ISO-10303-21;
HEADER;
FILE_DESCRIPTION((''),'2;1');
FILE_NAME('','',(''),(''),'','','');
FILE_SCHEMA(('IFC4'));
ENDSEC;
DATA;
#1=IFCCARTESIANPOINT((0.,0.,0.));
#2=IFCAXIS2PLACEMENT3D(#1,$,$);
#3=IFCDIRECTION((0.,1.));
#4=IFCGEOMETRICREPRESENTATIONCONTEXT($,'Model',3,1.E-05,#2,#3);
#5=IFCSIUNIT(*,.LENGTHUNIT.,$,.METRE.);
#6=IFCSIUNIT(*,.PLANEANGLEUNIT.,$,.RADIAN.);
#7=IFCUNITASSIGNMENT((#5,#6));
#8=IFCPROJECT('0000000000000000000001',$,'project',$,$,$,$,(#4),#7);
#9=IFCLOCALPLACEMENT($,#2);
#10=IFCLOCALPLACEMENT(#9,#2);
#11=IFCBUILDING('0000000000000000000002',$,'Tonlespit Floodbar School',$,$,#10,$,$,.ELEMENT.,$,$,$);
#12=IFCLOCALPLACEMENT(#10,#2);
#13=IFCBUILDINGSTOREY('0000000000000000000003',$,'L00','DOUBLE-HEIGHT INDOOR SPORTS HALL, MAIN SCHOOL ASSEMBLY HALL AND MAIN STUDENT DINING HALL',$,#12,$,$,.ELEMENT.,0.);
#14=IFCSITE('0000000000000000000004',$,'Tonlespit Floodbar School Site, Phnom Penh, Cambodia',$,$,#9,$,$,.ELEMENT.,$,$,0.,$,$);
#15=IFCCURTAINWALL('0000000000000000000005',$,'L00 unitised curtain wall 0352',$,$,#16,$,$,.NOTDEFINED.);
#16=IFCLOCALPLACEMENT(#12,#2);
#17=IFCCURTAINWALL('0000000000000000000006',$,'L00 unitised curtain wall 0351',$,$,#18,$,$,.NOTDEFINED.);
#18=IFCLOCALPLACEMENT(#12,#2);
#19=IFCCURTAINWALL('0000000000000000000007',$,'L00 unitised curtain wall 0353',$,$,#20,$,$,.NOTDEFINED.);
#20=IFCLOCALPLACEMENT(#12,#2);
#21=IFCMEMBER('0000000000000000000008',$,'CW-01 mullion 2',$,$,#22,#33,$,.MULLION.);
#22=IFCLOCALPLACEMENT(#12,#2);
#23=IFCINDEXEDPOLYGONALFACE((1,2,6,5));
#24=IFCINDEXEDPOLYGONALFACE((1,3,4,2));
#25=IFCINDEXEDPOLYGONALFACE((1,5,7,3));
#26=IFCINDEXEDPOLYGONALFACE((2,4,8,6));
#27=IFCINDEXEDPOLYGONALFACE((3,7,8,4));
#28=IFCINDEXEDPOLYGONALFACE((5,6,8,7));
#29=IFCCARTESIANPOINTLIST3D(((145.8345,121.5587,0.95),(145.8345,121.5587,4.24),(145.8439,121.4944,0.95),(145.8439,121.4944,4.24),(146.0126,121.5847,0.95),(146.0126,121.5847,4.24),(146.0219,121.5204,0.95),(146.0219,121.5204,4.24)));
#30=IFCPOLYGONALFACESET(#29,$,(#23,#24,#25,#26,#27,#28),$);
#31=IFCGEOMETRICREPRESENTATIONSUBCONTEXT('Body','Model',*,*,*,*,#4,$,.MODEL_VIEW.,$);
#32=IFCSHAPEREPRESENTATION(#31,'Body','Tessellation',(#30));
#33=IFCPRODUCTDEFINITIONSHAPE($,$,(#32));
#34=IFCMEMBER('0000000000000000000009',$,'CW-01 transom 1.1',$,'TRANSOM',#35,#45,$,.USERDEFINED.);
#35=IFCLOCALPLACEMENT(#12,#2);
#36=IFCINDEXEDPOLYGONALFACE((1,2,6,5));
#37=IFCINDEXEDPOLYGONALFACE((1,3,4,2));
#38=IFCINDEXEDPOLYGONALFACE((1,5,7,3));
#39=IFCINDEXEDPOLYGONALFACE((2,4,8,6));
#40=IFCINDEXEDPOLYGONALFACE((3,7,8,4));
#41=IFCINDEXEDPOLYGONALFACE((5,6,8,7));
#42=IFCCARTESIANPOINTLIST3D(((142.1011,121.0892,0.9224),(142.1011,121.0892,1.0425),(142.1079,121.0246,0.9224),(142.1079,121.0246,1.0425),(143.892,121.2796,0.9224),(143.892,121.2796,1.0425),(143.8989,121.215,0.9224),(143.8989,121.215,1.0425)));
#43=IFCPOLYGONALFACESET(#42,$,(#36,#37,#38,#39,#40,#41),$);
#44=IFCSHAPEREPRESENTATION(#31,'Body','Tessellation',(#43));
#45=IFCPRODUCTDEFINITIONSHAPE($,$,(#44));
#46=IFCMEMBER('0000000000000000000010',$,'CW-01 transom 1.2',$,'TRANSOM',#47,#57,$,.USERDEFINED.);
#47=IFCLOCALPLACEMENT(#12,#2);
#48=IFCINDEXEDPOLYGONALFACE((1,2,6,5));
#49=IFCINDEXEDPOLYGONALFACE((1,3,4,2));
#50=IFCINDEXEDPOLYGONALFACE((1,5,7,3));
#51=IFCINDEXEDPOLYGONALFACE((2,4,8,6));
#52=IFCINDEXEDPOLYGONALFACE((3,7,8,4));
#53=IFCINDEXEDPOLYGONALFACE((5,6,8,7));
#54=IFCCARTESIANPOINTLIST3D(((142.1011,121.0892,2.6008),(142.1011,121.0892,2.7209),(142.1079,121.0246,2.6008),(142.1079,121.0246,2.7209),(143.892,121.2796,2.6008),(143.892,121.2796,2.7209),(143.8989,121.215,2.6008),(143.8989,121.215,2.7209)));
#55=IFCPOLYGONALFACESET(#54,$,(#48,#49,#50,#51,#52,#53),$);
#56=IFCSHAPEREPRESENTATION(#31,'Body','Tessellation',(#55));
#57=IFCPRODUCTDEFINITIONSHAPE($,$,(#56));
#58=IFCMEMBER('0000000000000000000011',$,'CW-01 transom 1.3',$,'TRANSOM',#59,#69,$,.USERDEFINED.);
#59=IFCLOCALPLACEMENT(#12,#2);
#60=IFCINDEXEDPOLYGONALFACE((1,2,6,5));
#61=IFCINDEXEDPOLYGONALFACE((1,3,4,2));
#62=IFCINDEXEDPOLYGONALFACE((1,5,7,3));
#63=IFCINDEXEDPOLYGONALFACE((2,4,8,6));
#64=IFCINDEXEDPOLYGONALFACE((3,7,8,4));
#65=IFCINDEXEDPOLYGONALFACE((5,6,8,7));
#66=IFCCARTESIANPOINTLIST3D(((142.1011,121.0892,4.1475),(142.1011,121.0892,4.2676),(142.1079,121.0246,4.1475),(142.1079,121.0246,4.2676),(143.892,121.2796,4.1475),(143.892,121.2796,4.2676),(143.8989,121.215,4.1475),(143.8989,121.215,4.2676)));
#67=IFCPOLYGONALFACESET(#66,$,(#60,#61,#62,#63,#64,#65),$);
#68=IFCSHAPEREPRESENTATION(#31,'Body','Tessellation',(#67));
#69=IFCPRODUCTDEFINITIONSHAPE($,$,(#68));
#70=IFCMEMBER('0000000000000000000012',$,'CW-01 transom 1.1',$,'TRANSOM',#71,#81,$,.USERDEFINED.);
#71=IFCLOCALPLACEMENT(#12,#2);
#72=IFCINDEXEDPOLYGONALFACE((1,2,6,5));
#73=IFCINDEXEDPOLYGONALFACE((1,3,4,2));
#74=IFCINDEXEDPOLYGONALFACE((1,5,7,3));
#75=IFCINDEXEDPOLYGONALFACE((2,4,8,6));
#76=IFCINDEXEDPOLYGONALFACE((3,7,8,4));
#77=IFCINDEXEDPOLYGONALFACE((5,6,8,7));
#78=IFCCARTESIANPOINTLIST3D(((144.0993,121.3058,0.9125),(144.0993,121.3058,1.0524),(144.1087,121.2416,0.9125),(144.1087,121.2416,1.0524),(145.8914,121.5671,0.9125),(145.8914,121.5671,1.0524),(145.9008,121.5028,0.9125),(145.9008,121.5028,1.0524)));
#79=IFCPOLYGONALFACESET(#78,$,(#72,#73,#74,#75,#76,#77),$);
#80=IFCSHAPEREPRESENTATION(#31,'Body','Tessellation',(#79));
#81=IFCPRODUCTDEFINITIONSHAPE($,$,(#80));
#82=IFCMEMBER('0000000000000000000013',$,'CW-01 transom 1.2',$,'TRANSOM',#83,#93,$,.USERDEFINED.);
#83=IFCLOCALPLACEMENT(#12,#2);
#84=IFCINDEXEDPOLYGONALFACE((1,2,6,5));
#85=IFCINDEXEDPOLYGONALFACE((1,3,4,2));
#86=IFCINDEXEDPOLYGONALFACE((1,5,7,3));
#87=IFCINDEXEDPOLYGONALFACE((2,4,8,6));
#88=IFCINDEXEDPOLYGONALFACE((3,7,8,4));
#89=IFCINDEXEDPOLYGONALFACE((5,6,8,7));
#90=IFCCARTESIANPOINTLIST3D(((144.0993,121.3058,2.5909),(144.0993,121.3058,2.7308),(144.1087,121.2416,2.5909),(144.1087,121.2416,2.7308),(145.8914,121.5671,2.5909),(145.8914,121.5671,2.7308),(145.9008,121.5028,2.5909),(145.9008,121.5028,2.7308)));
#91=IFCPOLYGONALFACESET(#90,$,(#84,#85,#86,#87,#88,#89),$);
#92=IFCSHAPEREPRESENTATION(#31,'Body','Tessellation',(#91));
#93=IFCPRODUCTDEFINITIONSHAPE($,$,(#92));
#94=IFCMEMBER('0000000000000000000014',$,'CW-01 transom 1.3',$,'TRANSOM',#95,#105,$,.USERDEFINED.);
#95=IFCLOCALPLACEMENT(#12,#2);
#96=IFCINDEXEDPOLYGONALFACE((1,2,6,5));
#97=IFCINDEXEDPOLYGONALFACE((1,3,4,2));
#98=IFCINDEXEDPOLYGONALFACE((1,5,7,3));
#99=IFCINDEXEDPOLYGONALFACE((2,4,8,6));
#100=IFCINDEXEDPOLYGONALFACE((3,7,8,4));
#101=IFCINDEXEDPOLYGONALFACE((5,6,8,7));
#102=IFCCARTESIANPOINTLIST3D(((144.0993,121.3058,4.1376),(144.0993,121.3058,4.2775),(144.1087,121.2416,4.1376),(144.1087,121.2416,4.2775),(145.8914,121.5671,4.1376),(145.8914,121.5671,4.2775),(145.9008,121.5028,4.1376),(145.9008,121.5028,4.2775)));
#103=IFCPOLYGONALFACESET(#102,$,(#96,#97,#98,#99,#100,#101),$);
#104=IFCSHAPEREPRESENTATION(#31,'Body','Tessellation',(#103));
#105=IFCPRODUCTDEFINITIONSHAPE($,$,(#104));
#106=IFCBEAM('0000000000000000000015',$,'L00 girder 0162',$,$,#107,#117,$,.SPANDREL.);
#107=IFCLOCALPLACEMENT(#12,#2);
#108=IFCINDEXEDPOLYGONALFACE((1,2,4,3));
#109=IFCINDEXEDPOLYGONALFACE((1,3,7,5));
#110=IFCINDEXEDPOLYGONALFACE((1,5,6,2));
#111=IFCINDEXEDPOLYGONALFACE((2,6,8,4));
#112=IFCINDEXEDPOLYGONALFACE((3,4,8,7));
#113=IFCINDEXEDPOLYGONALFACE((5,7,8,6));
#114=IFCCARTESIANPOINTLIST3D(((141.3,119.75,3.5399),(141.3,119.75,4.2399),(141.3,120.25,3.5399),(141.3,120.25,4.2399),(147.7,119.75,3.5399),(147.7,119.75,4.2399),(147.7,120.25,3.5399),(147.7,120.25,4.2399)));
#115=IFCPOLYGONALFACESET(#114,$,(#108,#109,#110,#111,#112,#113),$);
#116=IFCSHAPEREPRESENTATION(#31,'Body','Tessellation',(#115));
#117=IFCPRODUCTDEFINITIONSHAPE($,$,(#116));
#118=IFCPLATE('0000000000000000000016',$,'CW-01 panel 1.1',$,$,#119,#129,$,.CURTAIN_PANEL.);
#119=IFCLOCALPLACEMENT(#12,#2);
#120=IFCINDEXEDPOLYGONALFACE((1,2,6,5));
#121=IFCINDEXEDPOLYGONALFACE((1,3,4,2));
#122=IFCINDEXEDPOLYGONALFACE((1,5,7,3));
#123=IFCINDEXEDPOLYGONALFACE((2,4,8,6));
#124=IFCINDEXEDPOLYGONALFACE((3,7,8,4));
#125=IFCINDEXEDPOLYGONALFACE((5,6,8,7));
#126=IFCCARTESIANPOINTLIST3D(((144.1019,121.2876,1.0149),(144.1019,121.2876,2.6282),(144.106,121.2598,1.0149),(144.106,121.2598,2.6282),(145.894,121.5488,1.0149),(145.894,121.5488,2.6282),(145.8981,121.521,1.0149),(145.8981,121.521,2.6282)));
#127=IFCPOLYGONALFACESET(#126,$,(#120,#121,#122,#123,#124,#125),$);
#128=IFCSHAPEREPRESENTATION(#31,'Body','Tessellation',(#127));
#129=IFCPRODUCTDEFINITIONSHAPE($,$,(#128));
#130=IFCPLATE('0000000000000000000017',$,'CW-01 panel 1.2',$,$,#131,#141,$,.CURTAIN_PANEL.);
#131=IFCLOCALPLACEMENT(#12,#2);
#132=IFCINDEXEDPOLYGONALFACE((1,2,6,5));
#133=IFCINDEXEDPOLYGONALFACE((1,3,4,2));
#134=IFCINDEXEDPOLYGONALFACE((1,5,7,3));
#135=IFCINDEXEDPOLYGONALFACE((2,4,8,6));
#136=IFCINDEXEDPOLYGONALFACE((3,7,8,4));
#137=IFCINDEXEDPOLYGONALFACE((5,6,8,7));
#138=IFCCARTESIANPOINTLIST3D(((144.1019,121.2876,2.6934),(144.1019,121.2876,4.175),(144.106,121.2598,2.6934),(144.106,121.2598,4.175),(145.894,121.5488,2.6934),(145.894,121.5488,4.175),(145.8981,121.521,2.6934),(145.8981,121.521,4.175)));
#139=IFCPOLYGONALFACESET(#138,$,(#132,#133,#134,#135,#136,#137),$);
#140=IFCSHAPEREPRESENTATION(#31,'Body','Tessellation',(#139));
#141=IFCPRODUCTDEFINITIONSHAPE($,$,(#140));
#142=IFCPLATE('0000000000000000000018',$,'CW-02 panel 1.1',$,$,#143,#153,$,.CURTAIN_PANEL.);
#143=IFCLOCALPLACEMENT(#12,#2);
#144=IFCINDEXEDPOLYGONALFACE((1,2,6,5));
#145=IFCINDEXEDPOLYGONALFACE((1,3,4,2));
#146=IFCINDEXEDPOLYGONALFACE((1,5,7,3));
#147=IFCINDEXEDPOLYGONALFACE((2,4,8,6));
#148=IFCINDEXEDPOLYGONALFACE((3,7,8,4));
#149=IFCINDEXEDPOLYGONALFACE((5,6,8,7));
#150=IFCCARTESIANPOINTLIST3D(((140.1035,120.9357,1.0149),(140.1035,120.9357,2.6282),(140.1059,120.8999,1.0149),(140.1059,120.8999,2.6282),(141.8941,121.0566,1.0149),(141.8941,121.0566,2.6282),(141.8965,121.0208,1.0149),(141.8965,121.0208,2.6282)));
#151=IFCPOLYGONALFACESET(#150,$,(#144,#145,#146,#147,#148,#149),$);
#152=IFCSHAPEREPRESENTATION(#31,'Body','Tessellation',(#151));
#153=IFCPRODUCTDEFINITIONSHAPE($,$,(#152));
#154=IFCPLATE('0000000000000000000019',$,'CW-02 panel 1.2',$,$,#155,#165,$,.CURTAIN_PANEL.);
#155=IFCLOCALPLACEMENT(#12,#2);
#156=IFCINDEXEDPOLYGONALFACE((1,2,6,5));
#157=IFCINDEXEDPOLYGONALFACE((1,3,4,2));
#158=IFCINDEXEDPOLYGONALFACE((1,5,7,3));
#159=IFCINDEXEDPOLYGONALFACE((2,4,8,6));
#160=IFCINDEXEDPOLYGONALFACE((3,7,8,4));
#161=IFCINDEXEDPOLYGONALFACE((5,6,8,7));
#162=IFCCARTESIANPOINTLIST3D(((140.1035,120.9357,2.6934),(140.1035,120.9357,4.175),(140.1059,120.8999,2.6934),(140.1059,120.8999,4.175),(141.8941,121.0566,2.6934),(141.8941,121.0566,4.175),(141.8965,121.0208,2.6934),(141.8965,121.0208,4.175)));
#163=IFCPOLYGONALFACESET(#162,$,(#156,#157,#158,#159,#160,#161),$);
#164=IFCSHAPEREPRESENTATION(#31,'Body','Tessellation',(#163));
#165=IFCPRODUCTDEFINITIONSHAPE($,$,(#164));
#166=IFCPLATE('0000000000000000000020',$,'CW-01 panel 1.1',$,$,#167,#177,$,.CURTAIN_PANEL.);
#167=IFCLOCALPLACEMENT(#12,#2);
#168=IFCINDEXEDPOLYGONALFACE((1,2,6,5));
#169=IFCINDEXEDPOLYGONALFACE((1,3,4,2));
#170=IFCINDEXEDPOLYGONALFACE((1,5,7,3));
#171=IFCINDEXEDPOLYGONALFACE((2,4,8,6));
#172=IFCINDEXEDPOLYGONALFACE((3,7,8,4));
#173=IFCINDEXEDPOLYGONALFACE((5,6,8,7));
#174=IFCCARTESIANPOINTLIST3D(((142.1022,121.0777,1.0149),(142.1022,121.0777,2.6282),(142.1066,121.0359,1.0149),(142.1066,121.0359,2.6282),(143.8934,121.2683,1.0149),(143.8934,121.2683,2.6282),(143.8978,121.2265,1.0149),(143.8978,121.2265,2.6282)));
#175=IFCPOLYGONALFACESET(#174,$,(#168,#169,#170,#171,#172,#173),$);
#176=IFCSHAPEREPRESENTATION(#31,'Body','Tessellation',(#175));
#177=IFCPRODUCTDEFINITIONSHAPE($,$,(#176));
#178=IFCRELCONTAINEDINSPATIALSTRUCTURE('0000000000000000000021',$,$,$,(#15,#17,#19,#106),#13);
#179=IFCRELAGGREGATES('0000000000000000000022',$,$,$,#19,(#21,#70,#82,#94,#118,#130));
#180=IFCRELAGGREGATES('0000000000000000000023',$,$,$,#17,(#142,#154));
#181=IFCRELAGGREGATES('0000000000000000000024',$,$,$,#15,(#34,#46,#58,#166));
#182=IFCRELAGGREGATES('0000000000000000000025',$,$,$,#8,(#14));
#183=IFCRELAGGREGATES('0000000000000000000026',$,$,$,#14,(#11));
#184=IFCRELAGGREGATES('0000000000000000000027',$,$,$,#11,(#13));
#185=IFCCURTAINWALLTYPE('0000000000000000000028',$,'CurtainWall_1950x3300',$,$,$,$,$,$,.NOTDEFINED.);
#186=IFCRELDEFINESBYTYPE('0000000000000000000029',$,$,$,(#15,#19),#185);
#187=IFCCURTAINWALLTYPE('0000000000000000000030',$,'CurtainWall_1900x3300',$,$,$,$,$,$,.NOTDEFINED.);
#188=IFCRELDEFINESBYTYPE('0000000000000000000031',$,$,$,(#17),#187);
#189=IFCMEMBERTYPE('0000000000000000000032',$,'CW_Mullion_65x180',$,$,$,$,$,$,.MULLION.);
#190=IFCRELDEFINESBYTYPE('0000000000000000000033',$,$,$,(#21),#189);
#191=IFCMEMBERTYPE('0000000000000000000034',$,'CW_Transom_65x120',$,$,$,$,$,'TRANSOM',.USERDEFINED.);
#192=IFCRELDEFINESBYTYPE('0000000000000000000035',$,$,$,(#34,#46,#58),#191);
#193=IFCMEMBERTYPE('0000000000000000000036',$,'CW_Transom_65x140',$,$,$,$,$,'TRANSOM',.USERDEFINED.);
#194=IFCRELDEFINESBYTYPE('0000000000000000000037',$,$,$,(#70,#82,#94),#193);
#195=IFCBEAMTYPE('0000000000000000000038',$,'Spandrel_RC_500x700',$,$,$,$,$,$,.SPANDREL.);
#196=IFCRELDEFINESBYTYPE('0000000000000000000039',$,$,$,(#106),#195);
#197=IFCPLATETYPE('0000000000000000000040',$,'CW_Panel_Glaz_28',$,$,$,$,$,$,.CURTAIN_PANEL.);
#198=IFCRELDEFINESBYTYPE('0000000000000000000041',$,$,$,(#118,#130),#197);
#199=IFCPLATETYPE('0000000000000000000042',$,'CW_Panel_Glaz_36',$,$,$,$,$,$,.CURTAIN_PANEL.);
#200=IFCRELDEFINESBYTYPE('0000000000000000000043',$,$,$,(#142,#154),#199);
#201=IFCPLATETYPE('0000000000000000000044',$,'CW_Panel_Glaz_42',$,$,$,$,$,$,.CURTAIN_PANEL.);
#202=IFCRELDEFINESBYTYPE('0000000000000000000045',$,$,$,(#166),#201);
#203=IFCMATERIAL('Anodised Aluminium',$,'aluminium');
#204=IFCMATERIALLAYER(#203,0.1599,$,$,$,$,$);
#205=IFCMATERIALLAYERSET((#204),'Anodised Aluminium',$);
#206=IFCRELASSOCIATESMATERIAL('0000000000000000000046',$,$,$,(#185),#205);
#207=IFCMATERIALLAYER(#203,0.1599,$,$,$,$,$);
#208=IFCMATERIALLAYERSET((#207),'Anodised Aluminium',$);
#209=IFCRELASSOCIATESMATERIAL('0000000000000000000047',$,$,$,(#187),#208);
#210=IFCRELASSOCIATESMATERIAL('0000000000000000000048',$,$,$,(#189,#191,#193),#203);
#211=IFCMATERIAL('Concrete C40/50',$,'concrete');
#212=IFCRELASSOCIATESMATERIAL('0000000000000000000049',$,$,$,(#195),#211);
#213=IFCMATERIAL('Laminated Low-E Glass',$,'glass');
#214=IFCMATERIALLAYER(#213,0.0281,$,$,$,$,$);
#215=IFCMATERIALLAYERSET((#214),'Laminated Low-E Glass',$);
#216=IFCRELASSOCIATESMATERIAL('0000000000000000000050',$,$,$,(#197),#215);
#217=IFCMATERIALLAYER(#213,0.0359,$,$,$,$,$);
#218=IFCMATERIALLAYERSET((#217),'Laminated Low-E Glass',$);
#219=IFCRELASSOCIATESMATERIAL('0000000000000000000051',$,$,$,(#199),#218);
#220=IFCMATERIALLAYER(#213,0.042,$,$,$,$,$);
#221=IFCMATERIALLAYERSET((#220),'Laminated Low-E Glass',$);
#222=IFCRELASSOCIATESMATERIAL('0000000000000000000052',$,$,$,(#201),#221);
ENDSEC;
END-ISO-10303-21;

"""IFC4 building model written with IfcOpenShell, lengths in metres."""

from ifc_helpers import new_model, si_unit, direction, frame, origin, origin_2d, place, context, subcontext, project, spatial, rectangle, extrude, material, layer, layer_set, material_profile, profile_set, type_object, element, aggregate, save


model = new_model("IFC4")

# Units and contexts
model_context = context("Model", 3, precision=1e-05, world=origin(), true_north=direction((0.0, 1.0)))
body_context = subcontext(model_context, "Body", "Model", "MODEL_VIEW")
ifc_project = project(units=[si_unit("LENGTHUNIT", "METRE"), si_unit("PLANEANGLEUNIT", "RADIAN")], contexts=[model_context])

# Site, building, storey
site_placement = place(None, origin())
site = spatial("IfcSite", under=ifc_project, at=site_placement, Name="Tonlespit Floodbar School Site, Phnom Penh, Cambodia", CompositionType="ELEMENT", RefElevation=0.0)
building_placement = place(site_placement, origin())
building = spatial("IfcBuilding", under=site, at=building_placement, Name="Tonlespit Floodbar School", CompositionType="ELEMENT")
storey_placement = place(building_placement, origin())
storey = spatial("IfcBuildingStorey", under=building, at=storey_placement, Name="L00", Description="DOUBLE-HEIGHT INDOOR SPORTS HALL, MAIN SCHOOL ASSEMBLY HALL AND MAIN STUDENT DINING HALL", CompositionType="ELEMENT", Elevation=0.0)

# Shared definitions
ifc_material_1 = material(Name="Concrete C40/50", Category="concrete")

# Curtain wall
ifc_material_2 = material(Name="Anodised Aluminium", Category="aluminium")
ifc_layer_1 = layer(ifc_material_2, 0.1599)
ifc_layer_set_1 = layer_set([ifc_layer_1], Name="Anodised Aluminium")
curtain_wall_type_1 = type_object("IfcCurtainWallType", Name="CurtainWall_1950x3300", PredefinedType="NOTDEFINED", material=ifc_layer_set_1)
curtain_wall_1_placement = place(storey_placement, origin())
curtain_wall_1 = element("IfcCurtainWall", 1, at=curtain_wall_1_placement, inside=storey, type_object=curtain_wall_type_1, Name="L00 unitised curtain wall 0352", PredefinedType="NOTDEFINED")

# Curtain wall
ifc_layer_2 = layer(ifc_material_2, 0.1599)
ifc_layer_set_2 = layer_set([ifc_layer_2], Name="Anodised Aluminium")
curtain_wall_type_2 = type_object("IfcCurtainWallType", Name="CurtainWall_1900x3300", PredefinedType="NOTDEFINED", material=ifc_layer_set_2)
curtain_wall_2_placement = place(storey_placement, origin())
curtain_wall_2 = element("IfcCurtainWall", 2, at=curtain_wall_2_placement, inside=storey, type_object=curtain_wall_type_2, Name="L00 unitised curtain wall 0351", PredefinedType="NOTDEFINED")
ifc_material_profile_1 = material_profile(ifc_material_2, rectangle(XDim=0.0649, YDim=0.1799, at=origin_2d()), Name="ALU M65x180")
ifc_profile_set_1 = profile_set([ifc_material_profile_1], Name="Anodised Aluminium")
member_type_1 = type_object("IfcMemberType", Name="CW_Mullion_65x180", PredefinedType="MULLION", material=ifc_profile_set_1)

# Curtain wall, member
curtain_wall_3_placement = place(storey_placement, origin())
curtain_wall_3 = element("IfcCurtainWall", 3, at=curtain_wall_3_placement, inside=storey, type_object=curtain_wall_type_1, Name="L00 unitised curtain wall 0353", PredefinedType="NOTDEFINED")
member_1_placement = place(storey_placement, frame((145.9282, 121.5396, 0.95), z_axis=(0.0, 0.0, 1.0), x_axis=(-0.144248, 0.989542, 0.0)))
member_1 = element("IfcMember", 4, at=member_1_placement, type_object=member_type_1, Name="CW-01 mullion 2", PredefinedType="MULLION", context=body_context, shape_type="SweptSolid", body=[
    extrude(rectangle(XDim=0.0649, YDim=0.1799, at=origin_2d()), origin(), (0.0, 0.0, 1.0), 3.29),
])

# Members
ifc_material_profile_2 = material_profile(ifc_material_2, rectangle(XDim=0.0649, YDim=0.1201, at=origin_2d()), Name="ALU T65x120")
ifc_profile_set_2 = profile_set([ifc_material_profile_2], Name="Anodised Aluminium")
member_type_2 = type_object("IfcMemberType", Name="CW_Transom_65x120", ElementType="TRANSOM", PredefinedType="USERDEFINED", material=ifc_profile_set_2)
member_2_placement = place(storey_placement, frame((142.1045, 121.0569, 0.9824), z_axis=(0.994395, 0.105729, 0.0), x_axis=(-0.105729, 0.994395, 0.0)))
member_2 = element("IfcMember", 5, at=member_2_placement, type_object=member_type_2, Name="CW-01 transom 1.1", ObjectType="TRANSOM", PredefinedType="USERDEFINED", context=body_context, shape_type="SweptSolid", body=[
    extrude(rectangle(XDim=0.0649, YDim=0.1201, at=origin_2d()), origin(), (0.0, 0.0, 1.0), 1.801),
])
member_3_placement = place(storey_placement, frame((142.1045, 121.0569, 2.6609), z_axis=(0.994395, 0.105729, 0.0), x_axis=(-0.105729, 0.994395, 0.0)))
member_3 = element("IfcMember", 6, at=member_3_placement, type_object=member_type_2, Name="CW-01 transom 1.2", ObjectType="TRANSOM", PredefinedType="USERDEFINED", context=body_context, shape_type="SweptSolid", body=[
    extrude(rectangle(XDim=0.0649, YDim=0.1201, at=origin_2d()), origin(), (0.0, 0.0, 1.0), 1.801),
])
member_4_placement = place(storey_placement, frame((142.1045, 121.0569, 4.2075), z_axis=(0.994395, 0.105729, 0.0), x_axis=(-0.105729, 0.994395, 0.0)))
member_4 = element("IfcMember", 7, at=member_4_placement, type_object=member_type_2, Name="CW-01 transom 1.3", ObjectType="TRANSOM", PredefinedType="USERDEFINED", context=body_context, shape_type="SweptSolid", body=[
    extrude(rectangle(XDim=0.0649, YDim=0.1201, at=origin_2d()), origin(), (0.0, 0.0, 1.0), 1.801),
])
ifc_material_profile_3 = material_profile(ifc_material_2, rectangle(XDim=0.0649, YDim=0.1399, at=origin_2d()), Name="ALU T65x140")
ifc_profile_set_3 = profile_set([ifc_material_profile_3], Name="Anodised Aluminium")
member_type_3 = type_object("IfcMemberType", Name="CW_Transom_65x140", ElementType="TRANSOM", PredefinedType="USERDEFINED", material=ifc_profile_set_3)
member_5_placement = place(storey_placement, frame((144.104, 121.2737, 0.9824), z_axis=(0.989541, 0.144252, 0.0), x_axis=(-0.144252, 0.989541, 0.0)))
member_5 = element("IfcMember", 8, at=member_5_placement, type_object=member_type_3, Name="CW-01 transom 1.1", ObjectType="TRANSOM", PredefinedType="USERDEFINED", context=body_context, shape_type="SweptSolid", body=[
    extrude(rectangle(XDim=0.0649, YDim=0.1399, at=origin_2d()), origin(), (0.0, 0.0, 1.0), 1.811),
])
member_6_placement = place(storey_placement, frame((144.104, 121.2737, 2.6609), z_axis=(0.989541, 0.144252, 0.0), x_axis=(-0.144252, 0.989541, 0.0)))
member_6 = element("IfcMember", 9, at=member_6_placement, type_object=member_type_3, Name="CW-01 transom 1.2", ObjectType="TRANSOM", PredefinedType="USERDEFINED", context=body_context, shape_type="SweptSolid", body=[
    extrude(rectangle(XDim=0.0649, YDim=0.1399, at=origin_2d()), origin(), (0.0, 0.0, 1.0), 1.811),
])
member_7_placement = place(storey_placement, frame((144.104, 121.2737, 4.2075), z_axis=(0.989541, 0.144252, 0.0), x_axis=(-0.144252, 0.989541, 0.0)))
member_7 = element("IfcMember", 10, at=member_7_placement, type_object=member_type_3, Name="CW-01 transom 1.3", ObjectType="TRANSOM", PredefinedType="USERDEFINED", context=body_context, shape_type="SweptSolid", body=[
    extrude(rectangle(XDim=0.0649, YDim=0.1399, at=origin_2d()), origin(), (0.0, 0.0, 1.0), 1.811),
])

# Beam
ifc_material_profile_4 = material_profile(ifc_material_1, rectangle(XDim=0.5, YDim=0.7, at=origin_2d()), Name="RC 500x700")
ifc_profile_set_4 = profile_set([ifc_material_profile_4], Name="Concrete C40/50")
beam_type = type_object("IfcBeamType", Name="Spandrel_RC_500x700", PredefinedType="SPANDREL", material=ifc_profile_set_4)
beam_placement = place(storey_placement, frame((141.3, 120.0, 3.8899), z_axis=(1.0, 0.0, 0.0), x_axis=(0.0, 1.0, 0.0)))
element("IfcBeam", 11, at=beam_placement, inside=storey, type_object=beam_type, Name="L00 girder 0162", PredefinedType="SPANDREL", context=body_context, shape_type="SweptSolid", body=[
    extrude(rectangle(XDim=0.5, YDim=0.7, at=origin_2d()), origin(), (0.0, 0.0, 1.0), 6.3999),
])

# Plates
ifc_material_3 = material(Name="Laminated Low-E Glass", Category="glass")
ifc_layer_3 = layer(ifc_material_3, 0.0281)
ifc_layer_set_3 = layer_set([ifc_layer_3], Name="Laminated Low-E Glass")
plate_type_1 = type_object("IfcPlateType", Name="CW_Panel_Glaz_28", PredefinedType="CURTAIN_PANEL", material=ifc_layer_set_3)
plate_1_placement = place(storey_placement, frame((145.0, 121.4043, 1.0149), z_axis=(0.0, 0.0, 1.0), x_axis=(0.989542, 0.144248, 0.0)))
plate_1 = element("IfcPlate", 12, at=plate_1_placement, type_object=plate_type_1, Name="CW-01 panel 1.1", PredefinedType="CURTAIN_PANEL", context=body_context, shape_type="SweptSolid", body=[
    extrude(rectangle(XDim=1.811, YDim=0.0281, at=origin_2d()), origin(), (0.0, 0.0, 1.0), 1.6133),
])
plate_2_placement = place(storey_placement, frame((145.0, 121.4043, 2.6934), z_axis=(0.0, 0.0, 1.0), x_axis=(0.989542, 0.144248, 0.0)))
plate_2 = element("IfcPlate", 13, at=plate_2_placement, type_object=plate_type_1, Name="CW-01 panel 1.2", PredefinedType="CURTAIN_PANEL", context=body_context, shape_type="SweptSolid", body=[
    extrude(rectangle(XDim=1.811, YDim=0.0281, at=origin_2d()), origin(), (0.0, 0.0, 1.0), 1.4817),
])
aggregate(curtain_wall_3, [member_1, member_5, member_6, member_7, plate_1, plate_2])
ifc_layer_4 = layer(ifc_material_3, 0.0359)
ifc_layer_set_4 = layer_set([ifc_layer_4], Name="Laminated Low-E Glass")
plate_type_2 = type_object("IfcPlateType", Name="CW_Panel_Glaz_36", PredefinedType="CURTAIN_PANEL", material=ifc_layer_set_4)
plate_3_placement = place(storey_placement, frame((141.0, 120.9783, 1.0149), z_axis=(0.0, 0.0, 1.0), x_axis=(0.99773, 0.06734, 0.0)))
plate_3 = element("IfcPlate", 14, at=plate_3_placement, type_object=plate_type_2, Name="CW-02 panel 1.1", PredefinedType="CURTAIN_PANEL", context=body_context, shape_type="SweptSolid", body=[
    extrude(rectangle(XDim=1.7947, YDim=0.0359, at=origin_2d()), origin(), (0.0, 0.0, 1.0), 1.6133),
])
plate_4_placement = place(storey_placement, frame((141.0, 120.9783, 2.6934), z_axis=(0.0, 0.0, 1.0), x_axis=(0.99773, 0.06734, 0.0)))
plate_4 = element("IfcPlate", 15, at=plate_4_placement, type_object=plate_type_2, Name="CW-02 panel 1.2", PredefinedType="CURTAIN_PANEL", context=body_context, shape_type="SweptSolid", body=[
    extrude(rectangle(XDim=1.7947, YDim=0.0359, at=origin_2d()), origin(), (0.0, 0.0, 1.0), 1.4817),
])
aggregate(curtain_wall_2, [plate_3, plate_4])
ifc_layer_5 = layer(ifc_material_3, 0.042)
ifc_layer_set_5 = layer_set([ifc_layer_5], Name="Laminated Low-E Glass")
plate_type_3 = type_object("IfcPlateType", Name="CW_Panel_Glaz_42", PredefinedType="CURTAIN_PANEL", material=ifc_layer_set_5)
plate_5_placement = place(storey_placement, frame((143.0, 121.1521, 1.0149), z_axis=(0.0, 0.0, 1.0), x_axis=(0.994389, 0.105787, 0.0)))
plate_5 = element("IfcPlate", 16, at=plate_5_placement, type_object=plate_type_3, Name="CW-01 panel 1.1", PredefinedType="CURTAIN_PANEL", context=body_context, shape_type="SweptSolid", body=[
    extrude(rectangle(XDim=1.8013, YDim=0.042, at=origin_2d()), origin(), (0.0, 0.0, 1.0), 1.6133),
])
aggregate(curtain_wall_1, [member_2, member_3, member_4, plate_5])

save(model, "model.ifc")
